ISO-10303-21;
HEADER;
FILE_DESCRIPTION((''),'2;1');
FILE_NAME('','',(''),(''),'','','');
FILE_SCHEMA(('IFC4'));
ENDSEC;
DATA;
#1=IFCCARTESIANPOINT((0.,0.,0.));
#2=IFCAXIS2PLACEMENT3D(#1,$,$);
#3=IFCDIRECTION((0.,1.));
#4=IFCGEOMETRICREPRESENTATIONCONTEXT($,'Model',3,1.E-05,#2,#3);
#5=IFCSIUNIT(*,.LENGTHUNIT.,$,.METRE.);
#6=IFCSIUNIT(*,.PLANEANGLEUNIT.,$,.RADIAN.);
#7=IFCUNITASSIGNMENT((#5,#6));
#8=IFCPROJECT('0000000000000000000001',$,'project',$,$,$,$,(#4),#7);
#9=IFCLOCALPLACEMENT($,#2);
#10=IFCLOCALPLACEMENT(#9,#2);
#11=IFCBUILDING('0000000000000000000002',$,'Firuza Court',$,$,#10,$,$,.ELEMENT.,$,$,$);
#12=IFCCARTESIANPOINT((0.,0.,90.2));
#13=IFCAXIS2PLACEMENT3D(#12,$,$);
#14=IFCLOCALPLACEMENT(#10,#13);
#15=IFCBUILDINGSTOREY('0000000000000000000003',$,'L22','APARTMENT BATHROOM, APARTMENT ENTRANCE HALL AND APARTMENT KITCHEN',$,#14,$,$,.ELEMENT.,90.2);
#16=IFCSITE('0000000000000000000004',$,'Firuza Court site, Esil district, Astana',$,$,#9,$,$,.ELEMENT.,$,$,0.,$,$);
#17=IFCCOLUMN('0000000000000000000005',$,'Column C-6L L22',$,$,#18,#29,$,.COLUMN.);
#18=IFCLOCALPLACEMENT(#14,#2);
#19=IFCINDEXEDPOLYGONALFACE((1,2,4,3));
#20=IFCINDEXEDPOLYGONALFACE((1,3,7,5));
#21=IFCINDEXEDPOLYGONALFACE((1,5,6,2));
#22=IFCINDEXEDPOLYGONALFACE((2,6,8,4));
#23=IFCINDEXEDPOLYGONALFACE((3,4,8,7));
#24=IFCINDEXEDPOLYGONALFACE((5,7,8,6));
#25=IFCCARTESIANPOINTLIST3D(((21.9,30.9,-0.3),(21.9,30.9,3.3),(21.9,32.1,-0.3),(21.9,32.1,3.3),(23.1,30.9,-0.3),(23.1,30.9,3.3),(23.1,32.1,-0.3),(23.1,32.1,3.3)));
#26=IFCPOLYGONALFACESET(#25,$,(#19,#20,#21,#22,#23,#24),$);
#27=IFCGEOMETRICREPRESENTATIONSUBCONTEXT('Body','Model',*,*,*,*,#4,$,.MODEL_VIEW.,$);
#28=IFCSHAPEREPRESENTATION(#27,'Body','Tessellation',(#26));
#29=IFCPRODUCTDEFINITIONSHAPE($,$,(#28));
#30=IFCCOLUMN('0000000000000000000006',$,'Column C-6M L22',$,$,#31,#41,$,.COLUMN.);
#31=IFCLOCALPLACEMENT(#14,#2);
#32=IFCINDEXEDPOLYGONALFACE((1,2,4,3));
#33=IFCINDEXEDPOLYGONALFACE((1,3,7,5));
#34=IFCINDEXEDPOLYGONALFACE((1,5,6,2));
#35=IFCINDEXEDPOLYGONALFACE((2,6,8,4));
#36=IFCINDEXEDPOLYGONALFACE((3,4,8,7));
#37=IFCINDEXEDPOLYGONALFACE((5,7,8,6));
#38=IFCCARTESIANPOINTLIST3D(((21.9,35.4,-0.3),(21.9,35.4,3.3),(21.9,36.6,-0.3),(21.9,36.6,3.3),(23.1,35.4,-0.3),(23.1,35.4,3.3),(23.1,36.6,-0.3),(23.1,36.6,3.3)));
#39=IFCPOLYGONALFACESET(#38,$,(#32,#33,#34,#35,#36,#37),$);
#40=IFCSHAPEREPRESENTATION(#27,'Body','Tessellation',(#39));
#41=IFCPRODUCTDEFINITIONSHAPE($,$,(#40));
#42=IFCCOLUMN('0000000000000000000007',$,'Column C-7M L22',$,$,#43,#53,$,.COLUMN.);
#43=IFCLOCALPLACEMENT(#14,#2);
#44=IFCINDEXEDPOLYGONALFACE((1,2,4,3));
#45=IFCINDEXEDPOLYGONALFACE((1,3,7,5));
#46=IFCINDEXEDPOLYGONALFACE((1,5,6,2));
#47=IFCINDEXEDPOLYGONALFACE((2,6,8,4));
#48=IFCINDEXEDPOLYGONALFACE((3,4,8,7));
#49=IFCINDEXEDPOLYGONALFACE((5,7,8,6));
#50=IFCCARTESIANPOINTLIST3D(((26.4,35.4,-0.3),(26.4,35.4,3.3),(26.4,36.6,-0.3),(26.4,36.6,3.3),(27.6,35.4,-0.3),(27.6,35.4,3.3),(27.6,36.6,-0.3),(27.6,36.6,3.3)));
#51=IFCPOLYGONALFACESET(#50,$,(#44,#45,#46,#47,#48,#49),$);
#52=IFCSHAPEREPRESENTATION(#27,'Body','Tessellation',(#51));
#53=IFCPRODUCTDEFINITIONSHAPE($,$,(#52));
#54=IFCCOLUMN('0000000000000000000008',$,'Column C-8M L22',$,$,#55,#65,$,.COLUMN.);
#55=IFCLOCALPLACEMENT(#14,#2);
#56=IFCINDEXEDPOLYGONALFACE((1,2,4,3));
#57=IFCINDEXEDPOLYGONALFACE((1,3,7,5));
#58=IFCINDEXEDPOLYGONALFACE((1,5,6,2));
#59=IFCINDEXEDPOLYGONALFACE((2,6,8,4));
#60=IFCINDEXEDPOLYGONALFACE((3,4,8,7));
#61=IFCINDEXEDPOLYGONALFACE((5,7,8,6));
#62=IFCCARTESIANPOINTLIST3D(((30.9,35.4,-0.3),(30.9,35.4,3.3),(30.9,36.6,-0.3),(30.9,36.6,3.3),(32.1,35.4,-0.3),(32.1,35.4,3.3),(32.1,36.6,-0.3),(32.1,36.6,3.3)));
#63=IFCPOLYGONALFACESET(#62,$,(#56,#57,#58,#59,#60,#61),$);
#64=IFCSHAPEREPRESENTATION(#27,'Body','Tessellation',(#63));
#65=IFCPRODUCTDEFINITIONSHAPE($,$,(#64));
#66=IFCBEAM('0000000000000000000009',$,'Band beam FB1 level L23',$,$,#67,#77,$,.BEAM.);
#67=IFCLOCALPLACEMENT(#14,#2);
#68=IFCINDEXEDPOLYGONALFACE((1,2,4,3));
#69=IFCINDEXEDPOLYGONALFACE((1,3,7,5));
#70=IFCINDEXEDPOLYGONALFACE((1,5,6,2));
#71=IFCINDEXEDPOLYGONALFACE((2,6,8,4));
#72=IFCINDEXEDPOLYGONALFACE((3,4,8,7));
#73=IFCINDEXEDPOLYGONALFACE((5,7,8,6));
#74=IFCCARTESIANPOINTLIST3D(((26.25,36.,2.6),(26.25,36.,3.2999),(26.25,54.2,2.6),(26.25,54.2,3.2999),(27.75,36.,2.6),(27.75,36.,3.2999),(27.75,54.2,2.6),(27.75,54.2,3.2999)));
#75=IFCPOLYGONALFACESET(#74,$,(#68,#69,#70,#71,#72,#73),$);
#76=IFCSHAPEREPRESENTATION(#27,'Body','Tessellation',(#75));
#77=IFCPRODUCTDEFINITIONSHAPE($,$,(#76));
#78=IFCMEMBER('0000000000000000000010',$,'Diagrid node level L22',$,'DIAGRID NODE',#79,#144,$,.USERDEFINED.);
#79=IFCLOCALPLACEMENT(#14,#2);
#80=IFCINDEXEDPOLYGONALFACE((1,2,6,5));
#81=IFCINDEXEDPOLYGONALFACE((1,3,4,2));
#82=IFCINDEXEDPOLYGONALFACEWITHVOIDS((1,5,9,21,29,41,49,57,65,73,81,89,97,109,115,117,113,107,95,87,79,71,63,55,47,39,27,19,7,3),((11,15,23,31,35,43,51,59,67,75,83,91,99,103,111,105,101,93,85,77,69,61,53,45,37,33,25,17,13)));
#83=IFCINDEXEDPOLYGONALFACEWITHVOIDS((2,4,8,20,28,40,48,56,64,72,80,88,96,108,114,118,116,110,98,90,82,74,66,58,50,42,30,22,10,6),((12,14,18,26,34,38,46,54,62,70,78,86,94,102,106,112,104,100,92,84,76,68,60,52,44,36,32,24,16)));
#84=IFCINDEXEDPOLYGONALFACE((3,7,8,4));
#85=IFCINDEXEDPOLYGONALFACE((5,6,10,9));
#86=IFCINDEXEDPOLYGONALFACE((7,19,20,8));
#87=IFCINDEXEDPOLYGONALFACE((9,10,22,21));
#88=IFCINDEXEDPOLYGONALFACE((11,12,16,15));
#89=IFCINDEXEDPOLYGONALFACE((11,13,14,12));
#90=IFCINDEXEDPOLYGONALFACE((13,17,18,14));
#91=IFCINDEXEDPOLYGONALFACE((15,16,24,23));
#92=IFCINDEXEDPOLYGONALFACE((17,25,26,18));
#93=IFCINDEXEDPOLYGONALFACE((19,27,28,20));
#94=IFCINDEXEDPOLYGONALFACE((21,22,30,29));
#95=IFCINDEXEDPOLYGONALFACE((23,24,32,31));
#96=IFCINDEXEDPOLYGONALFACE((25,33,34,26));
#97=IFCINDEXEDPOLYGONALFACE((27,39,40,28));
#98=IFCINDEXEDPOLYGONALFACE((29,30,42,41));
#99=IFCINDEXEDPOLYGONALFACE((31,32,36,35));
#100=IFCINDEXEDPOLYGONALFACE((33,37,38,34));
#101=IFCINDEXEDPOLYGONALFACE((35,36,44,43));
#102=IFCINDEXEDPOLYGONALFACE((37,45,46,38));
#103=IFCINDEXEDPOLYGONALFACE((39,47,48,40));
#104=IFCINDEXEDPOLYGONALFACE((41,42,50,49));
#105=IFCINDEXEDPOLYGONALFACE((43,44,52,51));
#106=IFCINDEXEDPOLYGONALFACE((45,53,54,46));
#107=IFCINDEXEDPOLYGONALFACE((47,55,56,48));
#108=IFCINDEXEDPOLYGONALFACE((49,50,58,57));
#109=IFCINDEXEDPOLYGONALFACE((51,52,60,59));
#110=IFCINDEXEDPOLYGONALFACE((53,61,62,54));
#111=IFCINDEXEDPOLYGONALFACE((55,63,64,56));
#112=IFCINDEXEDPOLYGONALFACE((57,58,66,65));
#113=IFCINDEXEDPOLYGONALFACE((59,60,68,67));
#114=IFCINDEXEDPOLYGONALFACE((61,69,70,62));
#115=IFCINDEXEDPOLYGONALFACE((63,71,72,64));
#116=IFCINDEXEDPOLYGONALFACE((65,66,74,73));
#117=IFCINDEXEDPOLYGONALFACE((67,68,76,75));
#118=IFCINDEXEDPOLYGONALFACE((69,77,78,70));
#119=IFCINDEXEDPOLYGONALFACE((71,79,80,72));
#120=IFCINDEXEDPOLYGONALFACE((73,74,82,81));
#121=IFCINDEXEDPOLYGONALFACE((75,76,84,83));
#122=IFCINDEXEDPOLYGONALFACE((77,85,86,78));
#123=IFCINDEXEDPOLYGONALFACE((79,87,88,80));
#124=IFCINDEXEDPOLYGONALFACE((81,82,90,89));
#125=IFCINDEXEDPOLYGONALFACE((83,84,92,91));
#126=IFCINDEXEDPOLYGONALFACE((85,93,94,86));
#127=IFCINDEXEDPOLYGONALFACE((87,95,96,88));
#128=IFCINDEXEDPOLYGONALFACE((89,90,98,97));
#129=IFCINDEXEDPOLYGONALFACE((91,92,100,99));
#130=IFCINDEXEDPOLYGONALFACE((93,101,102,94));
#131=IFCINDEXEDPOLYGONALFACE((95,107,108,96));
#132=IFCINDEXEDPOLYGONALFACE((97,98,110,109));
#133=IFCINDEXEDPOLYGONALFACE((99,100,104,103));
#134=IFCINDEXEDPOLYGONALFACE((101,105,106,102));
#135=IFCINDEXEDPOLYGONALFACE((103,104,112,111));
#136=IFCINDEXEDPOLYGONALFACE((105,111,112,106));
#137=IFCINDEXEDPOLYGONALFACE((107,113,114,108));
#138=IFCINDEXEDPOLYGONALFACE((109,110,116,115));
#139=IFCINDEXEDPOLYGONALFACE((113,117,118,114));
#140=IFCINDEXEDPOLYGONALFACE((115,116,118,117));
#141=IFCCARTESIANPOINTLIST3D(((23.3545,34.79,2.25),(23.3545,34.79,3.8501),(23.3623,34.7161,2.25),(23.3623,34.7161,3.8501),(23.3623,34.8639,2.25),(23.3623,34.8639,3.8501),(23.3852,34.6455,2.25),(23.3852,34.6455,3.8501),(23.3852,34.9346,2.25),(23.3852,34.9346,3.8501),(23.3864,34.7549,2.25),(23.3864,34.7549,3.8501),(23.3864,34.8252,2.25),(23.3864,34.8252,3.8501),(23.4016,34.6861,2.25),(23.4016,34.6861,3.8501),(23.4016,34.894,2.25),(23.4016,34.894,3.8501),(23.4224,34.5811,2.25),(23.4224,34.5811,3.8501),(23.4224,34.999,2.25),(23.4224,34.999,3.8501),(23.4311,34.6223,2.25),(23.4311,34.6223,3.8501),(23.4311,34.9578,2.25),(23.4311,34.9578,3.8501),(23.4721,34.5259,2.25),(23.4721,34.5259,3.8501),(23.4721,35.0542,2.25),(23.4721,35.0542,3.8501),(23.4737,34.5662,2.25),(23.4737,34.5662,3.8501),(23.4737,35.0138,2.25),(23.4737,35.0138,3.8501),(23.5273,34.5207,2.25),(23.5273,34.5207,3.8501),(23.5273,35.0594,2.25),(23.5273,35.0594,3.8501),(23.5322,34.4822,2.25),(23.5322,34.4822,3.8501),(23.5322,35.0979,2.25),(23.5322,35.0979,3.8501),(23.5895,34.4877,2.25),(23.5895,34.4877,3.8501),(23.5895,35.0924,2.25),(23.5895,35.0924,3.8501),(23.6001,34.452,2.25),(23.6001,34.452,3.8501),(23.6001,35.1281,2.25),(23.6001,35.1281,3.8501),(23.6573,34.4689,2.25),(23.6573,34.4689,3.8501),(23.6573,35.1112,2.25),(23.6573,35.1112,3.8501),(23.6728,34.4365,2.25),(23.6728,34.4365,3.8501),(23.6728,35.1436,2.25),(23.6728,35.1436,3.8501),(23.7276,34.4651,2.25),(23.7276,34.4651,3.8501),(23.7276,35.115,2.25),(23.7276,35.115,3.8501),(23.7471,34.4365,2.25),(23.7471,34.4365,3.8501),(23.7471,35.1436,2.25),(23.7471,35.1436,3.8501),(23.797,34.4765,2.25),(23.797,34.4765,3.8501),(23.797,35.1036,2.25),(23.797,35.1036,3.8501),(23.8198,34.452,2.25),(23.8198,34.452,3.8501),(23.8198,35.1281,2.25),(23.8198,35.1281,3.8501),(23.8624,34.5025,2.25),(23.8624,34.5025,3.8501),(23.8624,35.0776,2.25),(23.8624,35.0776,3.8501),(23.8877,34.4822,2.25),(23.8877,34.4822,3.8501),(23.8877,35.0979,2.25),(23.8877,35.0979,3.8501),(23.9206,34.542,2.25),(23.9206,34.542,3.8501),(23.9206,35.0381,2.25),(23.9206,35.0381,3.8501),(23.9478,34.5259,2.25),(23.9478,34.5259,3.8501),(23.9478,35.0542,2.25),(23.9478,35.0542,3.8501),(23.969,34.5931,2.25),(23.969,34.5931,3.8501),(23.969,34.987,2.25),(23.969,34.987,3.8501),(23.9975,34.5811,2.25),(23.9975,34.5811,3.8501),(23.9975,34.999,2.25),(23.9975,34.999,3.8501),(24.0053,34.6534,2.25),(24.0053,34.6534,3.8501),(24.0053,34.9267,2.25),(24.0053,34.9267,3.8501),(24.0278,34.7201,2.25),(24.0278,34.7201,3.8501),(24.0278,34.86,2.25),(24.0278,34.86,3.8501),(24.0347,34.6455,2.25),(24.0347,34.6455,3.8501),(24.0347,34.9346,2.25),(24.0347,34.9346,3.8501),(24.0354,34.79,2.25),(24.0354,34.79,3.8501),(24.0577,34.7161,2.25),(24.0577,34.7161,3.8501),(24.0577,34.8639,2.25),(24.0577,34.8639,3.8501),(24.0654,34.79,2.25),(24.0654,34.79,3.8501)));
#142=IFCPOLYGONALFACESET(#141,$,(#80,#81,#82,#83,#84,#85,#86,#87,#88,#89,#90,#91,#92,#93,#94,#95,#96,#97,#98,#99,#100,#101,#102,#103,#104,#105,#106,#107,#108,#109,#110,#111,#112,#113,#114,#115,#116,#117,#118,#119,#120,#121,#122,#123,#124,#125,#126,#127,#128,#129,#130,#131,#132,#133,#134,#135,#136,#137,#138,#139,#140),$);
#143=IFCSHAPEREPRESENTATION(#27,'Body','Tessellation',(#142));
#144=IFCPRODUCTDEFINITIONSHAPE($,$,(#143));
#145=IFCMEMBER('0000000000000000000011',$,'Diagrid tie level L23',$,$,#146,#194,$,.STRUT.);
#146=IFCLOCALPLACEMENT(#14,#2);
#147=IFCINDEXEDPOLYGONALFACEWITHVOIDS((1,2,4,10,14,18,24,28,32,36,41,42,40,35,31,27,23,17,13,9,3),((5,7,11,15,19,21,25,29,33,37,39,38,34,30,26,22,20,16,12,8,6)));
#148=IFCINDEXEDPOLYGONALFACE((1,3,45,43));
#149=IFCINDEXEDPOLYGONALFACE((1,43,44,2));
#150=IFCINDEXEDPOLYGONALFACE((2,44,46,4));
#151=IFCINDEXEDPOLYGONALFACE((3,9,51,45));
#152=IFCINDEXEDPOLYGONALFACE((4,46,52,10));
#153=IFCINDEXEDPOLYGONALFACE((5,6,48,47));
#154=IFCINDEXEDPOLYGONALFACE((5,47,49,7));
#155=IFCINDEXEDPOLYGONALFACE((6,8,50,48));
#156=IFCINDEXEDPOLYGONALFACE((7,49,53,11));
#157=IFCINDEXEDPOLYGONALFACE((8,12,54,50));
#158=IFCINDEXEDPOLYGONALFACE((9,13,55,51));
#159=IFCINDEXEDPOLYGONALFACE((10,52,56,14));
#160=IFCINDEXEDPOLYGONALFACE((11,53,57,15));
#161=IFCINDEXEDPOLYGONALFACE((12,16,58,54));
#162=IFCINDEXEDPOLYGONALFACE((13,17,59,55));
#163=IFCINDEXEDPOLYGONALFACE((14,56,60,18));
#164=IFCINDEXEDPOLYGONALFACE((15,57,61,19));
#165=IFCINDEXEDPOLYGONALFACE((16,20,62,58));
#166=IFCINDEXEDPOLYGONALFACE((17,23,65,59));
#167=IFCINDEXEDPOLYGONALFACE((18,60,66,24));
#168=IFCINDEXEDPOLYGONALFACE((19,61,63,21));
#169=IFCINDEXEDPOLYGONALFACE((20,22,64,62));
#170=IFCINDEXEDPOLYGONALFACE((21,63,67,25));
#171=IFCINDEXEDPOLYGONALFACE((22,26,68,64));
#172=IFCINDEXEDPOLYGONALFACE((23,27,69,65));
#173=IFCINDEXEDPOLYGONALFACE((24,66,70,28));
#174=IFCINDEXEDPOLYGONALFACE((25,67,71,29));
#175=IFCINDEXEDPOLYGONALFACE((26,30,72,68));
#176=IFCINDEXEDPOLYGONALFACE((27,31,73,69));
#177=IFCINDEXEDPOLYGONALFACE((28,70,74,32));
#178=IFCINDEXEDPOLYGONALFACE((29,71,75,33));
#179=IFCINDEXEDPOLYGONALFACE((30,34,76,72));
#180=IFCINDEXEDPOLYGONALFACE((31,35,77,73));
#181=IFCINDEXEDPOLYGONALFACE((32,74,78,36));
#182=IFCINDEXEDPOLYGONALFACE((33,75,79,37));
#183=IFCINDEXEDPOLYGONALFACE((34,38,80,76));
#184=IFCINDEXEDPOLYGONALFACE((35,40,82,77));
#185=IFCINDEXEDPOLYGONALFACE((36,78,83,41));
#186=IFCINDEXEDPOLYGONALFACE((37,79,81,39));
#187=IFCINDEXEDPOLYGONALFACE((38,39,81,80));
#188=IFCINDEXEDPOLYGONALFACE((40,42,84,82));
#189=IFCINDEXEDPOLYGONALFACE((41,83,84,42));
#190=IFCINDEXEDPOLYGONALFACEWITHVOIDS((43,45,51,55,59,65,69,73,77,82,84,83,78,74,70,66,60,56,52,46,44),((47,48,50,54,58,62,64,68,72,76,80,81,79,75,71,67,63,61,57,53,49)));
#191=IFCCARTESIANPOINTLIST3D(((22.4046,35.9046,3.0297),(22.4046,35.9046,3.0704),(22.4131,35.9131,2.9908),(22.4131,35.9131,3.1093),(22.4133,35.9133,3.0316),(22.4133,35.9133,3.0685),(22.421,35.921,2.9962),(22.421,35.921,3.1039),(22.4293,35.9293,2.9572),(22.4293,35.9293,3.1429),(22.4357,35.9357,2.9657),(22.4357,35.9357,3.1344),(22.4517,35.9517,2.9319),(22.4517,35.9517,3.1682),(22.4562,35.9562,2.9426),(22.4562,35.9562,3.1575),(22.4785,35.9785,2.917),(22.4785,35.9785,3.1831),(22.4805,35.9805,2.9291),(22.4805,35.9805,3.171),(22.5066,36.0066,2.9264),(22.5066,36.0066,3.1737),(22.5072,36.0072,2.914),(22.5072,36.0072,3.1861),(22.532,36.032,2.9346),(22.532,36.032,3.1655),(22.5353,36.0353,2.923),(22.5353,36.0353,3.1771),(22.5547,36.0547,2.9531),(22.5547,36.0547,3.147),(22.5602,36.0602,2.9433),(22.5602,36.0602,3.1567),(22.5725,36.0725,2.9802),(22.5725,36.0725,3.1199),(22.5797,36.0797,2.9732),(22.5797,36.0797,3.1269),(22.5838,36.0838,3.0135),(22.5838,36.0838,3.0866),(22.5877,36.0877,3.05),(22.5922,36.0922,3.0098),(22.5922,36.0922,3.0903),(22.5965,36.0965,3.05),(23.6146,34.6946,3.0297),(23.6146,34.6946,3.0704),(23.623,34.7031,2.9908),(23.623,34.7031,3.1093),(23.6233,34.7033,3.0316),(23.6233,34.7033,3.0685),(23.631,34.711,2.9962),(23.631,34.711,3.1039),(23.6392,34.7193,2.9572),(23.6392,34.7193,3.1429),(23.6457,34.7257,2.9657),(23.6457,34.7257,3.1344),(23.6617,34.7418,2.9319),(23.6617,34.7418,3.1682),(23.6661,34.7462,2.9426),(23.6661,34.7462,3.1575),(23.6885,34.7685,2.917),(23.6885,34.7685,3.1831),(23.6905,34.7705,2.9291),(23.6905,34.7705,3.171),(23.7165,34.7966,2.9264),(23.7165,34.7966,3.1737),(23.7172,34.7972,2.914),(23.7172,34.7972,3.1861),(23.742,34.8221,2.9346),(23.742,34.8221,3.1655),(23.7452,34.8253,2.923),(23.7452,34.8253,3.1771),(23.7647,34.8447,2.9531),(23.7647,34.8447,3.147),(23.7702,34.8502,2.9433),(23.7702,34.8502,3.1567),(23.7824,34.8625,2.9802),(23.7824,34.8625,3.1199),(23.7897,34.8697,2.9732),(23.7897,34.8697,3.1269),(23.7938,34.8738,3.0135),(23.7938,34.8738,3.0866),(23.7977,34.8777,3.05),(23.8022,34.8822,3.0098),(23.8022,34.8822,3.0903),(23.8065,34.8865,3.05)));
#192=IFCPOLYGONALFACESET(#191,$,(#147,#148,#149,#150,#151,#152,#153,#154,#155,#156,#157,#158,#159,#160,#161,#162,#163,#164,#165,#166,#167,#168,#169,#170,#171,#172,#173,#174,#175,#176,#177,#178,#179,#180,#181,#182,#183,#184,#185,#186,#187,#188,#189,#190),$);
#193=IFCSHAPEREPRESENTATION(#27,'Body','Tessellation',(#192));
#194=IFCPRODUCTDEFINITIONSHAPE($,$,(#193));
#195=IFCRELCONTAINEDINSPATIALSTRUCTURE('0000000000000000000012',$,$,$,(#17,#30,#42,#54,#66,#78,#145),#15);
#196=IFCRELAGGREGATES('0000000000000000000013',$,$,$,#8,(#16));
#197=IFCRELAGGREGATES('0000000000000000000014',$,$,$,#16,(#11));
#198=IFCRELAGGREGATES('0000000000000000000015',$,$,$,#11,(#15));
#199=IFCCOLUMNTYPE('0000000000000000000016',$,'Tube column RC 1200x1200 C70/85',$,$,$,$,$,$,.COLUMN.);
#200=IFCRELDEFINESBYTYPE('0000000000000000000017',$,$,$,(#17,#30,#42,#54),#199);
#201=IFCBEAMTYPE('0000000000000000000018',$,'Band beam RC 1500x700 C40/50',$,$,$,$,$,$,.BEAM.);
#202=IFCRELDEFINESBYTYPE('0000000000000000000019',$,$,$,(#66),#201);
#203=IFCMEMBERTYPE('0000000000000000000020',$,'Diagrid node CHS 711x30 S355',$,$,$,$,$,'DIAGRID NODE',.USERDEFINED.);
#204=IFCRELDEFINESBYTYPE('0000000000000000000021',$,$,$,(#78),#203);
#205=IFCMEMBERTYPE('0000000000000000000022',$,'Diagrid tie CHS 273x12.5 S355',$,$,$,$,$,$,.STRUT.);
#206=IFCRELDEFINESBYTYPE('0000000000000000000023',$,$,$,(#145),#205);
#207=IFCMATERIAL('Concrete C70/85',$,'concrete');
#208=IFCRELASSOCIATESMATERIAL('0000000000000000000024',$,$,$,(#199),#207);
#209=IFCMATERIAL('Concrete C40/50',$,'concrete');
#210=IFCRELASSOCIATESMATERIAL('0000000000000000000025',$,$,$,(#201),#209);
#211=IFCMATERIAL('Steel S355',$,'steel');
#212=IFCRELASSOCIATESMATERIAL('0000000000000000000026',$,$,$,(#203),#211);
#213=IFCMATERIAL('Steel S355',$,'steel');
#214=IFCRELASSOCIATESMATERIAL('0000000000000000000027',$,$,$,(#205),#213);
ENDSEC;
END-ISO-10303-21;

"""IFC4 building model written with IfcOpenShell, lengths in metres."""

from ifc_helpers import new_model, si_unit, direction, frame, origin, origin_2d, place, context, subcontext, project, spatial, rectangle, hollow_circle, extrude, material, material_profile, profile_set, type_object, element, save


model = new_model("IFC4")

# Units and contexts
model_context = context("Model", 3, precision=1e-05, world=origin(), true_north=direction((0.0, 1.0)))
body_context = subcontext(model_context, "Body", "Model", "MODEL_VIEW")
ifc_project = project(units=[si_unit("LENGTHUNIT", "METRE"), si_unit("PLANEANGLEUNIT", "RADIAN")], contexts=[model_context])

# Site, building, storey
site_placement = place(None, origin())
site = spatial("IfcSite", under=ifc_project, at=site_placement, Name="Firuza Court site, Esil district, Astana", CompositionType="ELEMENT", RefElevation=0.0)
building_placement = place(site_placement, origin())
building = spatial("IfcBuilding", under=site, at=building_placement, Name="Firuza Court", CompositionType="ELEMENT")
storey_placement = place(building_placement, frame((0.0, 0.0, 90.2)))
storey = spatial("IfcBuildingStorey", under=building, at=storey_placement, Name="L22", Description="APARTMENT BATHROOM, APARTMENT ENTRANCE HALL AND APARTMENT KITCHEN", CompositionType="ELEMENT", Elevation=90.2)

# Columns
ifc_material_1 = material(Name="Concrete C70/85", Category="concrete")
ifc_material_profile_1 = material_profile(ifc_material_1, rectangle(XDim=1.2, YDim=1.2, at=origin_2d()), Name="RC 1200x1200")
ifc_profile_set_1 = profile_set([ifc_material_profile_1], Name="Concrete C70/85")
column_type = type_object("IfcColumnType", Name="Tube column RC 1200x1200 C70/85", PredefinedType="COLUMN", material=ifc_profile_set_1)
for number, where, z_axis, x_axis, name in (
    (1, (22.5, 31.5, -0.3), (0.0, 0.0, 1.0), (1.0, 0.0, 0.0), "Column C-6L L22"),
    (2, (22.5, 36.0, -0.3), (0.0, 0.0, 1.0), (1.0, 0.0, 0.0), "Column C-6M L22"),
    (3, (27.0, 36.0, -0.3), (0.0, 0.0, 1.0), (1.0, 0.0, 0.0), "Column C-7M L22"),
    (4, (31.5, 36.0, -0.3), (0.0, 0.0, 1.0), (1.0, 0.0, 0.0), "Column C-8M L22"),
):
    element("IfcColumn", number, at=place(storey_placement, frame(where, z_axis=z_axis, x_axis=x_axis)), inside=storey, type_object=column_type, Name=name, PredefinedType="COLUMN", context=body_context, shape_type="SweptSolid", body=[
        extrude(rectangle(XDim=1.2, YDim=1.2, at=origin_2d()), origin(), (0.0, 0.0, 1.0), 3.6001),
    ])

# Beam
ifc_material_2 = material(Name="Concrete C40/50", Category="concrete")
ifc_material_profile_2 = material_profile(ifc_material_2, rectangle(XDim=1.5, YDim=0.7, at=origin_2d()), Name="RC 1500x700")
ifc_profile_set_2 = profile_set([ifc_material_profile_2], Name="Concrete C40/50")
beam_type_1 = type_object("IfcBeamType", Name="Band beam RC 1500x700 C40/50", PredefinedType="BEAM", material=ifc_profile_set_2)
beam_placement = place(storey_placement, frame((27.0, 36.0, 2.95), z_axis=(0.0, 1.0, 0.0), x_axis=(-1.0, 0.0, 0.0)))
element("IfcBeam", 5, at=beam_placement, inside=storey, type_object=beam_type_1, Name="Band beam FB1 level L23", PredefinedType="BEAM", context=body_context, shape_type="SweptSolid", body=[
    extrude(rectangle(XDim=1.5, YDim=0.7, at=origin_2d()), origin(), (0.0, 0.0, 1.0), 18.2),
])

# Members
ifc_material_3 = material(Name="Steel S355", Category="steel")
ifc_material_profile_3 = material_profile(ifc_material_3, hollow_circle(Radius=0.3555, WallThickness=0.03, at=origin_2d()), Name="CHS 711x30")
ifc_profile_set_3 = profile_set([ifc_material_profile_3], Name="Steel S355")
member_type_1 = type_object("IfcMemberType", Name="Diagrid node CHS 711x30 S355", ElementType="DIAGRID NODE", PredefinedType="USERDEFINED", material=ifc_profile_set_3)
member_1_placement = place(storey_placement, frame((23.71, 34.79, 2.25), z_axis=(0.0, 0.0, 1.0), x_axis=(1.0, 0.0, 0.0)))
element("IfcMember", 6, at=member_1_placement, inside=storey, type_object=member_type_1, Name="Diagrid node level L22", ObjectType="DIAGRID NODE", PredefinedType="USERDEFINED", context=body_context, shape_type="SweptSolid", body=[
    extrude(hollow_circle(Radius=0.3555, WallThickness=0.03, at=origin_2d()), origin(), (0.0, 0.0, 1.0), 1.6001),
])
ifc_material_4 = material(Name="Steel S355", Category="steel")
ifc_material_profile_4 = material_profile(ifc_material_4, hollow_circle(Radius=0.1365, WallThickness=0.0125, at=origin_2d()), Name="CHS 273x12.5")
ifc_profile_set_4 = profile_set([ifc_material_profile_4], Name="Steel S355")
member_type_2 = type_object("IfcMemberType", Name="Diagrid tie CHS 273x12.5 S355", PredefinedType="STRUT", material=ifc_profile_set_4)
member_2_placement = place(storey_placement, frame((22.5, 36.0, 3.05), z_axis=(0.707107, -0.707107, 0.0), x_axis=(0.707107, 0.707107, 0.0)))
element("IfcMember", 7, at=member_2_placement, inside=storey, type_object=member_type_2, Name="Diagrid tie level L23", PredefinedType="STRUT", context=body_context, shape_type="SweptSolid", body=[
    extrude(hollow_circle(Radius=0.1365, WallThickness=0.0125, at=origin_2d()), origin(), (0.0, 0.0, 1.0), 1.7112),
])

save(model, "model.ifc")
